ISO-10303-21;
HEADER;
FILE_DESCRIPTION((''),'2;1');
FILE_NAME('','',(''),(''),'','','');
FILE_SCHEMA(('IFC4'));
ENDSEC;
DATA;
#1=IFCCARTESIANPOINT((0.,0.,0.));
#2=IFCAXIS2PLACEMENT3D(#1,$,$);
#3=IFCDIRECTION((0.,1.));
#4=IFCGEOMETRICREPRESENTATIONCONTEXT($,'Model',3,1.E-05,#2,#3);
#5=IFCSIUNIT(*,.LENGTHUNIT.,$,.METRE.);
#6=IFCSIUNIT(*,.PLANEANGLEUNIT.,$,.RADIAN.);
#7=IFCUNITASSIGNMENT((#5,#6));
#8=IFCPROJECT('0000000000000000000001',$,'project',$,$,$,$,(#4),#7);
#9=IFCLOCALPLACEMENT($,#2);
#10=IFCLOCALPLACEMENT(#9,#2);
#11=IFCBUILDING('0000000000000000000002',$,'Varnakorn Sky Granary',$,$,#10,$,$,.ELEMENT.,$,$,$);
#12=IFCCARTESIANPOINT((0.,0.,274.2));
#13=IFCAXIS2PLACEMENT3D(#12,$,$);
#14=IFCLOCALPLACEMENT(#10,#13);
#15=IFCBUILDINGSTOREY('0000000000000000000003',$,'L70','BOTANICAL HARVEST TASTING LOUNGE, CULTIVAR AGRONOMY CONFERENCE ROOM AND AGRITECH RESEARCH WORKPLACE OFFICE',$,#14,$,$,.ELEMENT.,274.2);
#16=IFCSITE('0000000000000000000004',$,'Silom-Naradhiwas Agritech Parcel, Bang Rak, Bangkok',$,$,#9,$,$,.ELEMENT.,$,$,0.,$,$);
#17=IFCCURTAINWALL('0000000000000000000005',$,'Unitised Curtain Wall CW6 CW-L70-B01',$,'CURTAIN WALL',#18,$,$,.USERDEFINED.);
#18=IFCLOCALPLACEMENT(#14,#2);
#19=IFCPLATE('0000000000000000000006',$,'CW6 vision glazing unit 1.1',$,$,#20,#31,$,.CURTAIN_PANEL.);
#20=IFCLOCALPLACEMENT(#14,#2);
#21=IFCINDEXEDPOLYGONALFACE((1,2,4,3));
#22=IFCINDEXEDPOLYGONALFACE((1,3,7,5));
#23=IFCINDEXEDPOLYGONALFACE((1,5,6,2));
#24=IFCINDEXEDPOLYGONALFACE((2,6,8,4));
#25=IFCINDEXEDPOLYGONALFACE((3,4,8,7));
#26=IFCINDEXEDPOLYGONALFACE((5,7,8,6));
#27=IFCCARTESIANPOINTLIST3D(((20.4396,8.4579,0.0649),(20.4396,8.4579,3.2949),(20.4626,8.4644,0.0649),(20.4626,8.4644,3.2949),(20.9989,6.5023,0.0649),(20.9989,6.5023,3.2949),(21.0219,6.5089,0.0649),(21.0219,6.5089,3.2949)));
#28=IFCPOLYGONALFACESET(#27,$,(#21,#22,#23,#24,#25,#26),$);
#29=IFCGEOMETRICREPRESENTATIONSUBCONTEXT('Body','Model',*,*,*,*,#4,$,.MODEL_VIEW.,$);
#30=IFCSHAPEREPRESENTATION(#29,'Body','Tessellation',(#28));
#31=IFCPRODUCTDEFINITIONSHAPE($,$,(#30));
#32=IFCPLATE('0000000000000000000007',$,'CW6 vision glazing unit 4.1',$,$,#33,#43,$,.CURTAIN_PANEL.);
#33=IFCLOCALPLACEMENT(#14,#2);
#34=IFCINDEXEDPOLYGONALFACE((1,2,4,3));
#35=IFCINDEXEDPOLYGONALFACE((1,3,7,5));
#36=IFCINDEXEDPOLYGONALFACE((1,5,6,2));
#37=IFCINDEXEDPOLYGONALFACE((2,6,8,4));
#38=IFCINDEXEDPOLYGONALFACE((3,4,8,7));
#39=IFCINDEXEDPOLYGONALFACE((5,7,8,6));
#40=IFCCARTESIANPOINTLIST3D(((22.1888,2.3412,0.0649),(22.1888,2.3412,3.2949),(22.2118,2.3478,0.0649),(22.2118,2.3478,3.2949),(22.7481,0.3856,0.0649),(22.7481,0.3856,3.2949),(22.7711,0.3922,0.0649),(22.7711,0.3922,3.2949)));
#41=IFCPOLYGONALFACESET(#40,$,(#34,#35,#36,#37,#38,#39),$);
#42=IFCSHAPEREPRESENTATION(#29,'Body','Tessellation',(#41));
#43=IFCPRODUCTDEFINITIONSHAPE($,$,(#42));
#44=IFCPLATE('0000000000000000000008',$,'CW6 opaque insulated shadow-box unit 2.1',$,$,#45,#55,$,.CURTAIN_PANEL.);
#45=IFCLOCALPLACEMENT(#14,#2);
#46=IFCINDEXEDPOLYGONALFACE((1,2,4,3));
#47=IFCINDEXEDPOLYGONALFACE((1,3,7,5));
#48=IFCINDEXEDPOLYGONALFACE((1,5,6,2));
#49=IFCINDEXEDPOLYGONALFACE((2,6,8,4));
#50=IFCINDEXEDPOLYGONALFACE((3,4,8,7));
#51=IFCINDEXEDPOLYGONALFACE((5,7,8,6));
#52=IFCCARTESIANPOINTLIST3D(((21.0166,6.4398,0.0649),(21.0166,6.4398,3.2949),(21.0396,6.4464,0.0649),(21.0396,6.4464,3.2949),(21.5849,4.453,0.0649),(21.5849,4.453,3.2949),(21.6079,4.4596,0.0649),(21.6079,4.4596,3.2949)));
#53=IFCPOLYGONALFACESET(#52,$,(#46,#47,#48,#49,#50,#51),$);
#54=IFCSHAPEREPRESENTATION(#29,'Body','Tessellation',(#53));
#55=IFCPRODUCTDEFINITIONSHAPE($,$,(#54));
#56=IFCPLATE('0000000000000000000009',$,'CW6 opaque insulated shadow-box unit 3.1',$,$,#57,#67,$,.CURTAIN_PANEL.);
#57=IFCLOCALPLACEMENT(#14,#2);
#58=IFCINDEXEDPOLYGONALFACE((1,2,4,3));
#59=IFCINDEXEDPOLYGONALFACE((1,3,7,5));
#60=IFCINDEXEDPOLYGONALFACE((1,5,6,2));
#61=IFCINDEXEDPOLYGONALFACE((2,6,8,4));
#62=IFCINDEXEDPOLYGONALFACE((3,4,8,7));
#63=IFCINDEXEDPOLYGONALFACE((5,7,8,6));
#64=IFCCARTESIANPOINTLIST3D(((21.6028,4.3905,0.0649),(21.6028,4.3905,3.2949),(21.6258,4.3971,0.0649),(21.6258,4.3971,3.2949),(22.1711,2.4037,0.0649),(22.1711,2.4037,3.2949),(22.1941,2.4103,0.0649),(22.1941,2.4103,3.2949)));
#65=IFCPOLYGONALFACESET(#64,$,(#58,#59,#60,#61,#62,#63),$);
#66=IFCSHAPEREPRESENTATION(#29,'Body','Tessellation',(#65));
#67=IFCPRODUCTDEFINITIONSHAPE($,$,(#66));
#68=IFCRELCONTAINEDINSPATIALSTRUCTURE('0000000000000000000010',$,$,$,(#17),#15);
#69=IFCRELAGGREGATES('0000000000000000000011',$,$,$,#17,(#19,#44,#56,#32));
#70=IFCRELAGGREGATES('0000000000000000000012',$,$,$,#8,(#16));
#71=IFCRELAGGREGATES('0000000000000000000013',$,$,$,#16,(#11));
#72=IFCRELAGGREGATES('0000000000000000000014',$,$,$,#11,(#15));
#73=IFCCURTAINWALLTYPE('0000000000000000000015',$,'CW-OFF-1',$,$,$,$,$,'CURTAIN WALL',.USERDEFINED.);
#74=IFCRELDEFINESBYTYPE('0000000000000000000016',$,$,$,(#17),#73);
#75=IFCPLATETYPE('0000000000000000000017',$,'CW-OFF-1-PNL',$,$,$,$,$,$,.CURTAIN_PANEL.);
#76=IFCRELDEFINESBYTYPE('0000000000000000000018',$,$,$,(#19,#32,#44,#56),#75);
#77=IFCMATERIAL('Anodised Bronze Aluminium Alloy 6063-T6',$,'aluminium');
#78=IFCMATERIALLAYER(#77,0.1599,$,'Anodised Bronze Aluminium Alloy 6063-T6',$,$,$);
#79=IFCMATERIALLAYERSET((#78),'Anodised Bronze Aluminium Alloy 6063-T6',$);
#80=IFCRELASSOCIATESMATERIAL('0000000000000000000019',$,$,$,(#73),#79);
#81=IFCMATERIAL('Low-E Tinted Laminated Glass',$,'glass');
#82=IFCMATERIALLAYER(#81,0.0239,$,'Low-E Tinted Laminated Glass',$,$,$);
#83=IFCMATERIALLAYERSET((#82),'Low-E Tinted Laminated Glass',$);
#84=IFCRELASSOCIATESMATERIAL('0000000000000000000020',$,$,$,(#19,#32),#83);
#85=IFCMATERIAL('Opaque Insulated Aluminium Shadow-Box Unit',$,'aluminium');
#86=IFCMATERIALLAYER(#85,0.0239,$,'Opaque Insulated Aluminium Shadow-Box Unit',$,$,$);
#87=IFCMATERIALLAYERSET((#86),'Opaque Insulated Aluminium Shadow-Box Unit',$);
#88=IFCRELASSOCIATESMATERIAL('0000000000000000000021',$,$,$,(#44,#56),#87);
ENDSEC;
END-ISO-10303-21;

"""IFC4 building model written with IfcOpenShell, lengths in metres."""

from ifc_helpers import new_model, si_unit, direction, frame, origin, origin_2d, place, context, subcontext, project, spatial, rectangle, extrude, source, transform, mapped, material, layer, layer_set, type_object, type_shapes, element, aggregate, save


model = new_model("IFC4")

# Units and contexts
model_context = context("Model", 3, precision=1e-05, world=origin(), true_north=direction((0.0, 1.0)))
body_context = subcontext(model_context, "Body", "Model", "MODEL_VIEW")
ifc_project = project(units=[si_unit("LENGTHUNIT", "METRE"), si_unit("PLANEANGLEUNIT", "RADIAN")], contexts=[model_context])

# Site, building, storey
site_placement = place(None, origin())
site = spatial("IfcSite", under=ifc_project, at=site_placement, Name="Silom-Naradhiwas Agritech Parcel, Bang Rak, Bangkok", CompositionType="ELEMENT", RefElevation=0.0)
building_placement = place(site_placement, origin())
building = spatial("IfcBuilding", under=site, at=building_placement, Name="Varnakorn Sky Granary", CompositionType="ELEMENT")
storey_placement = place(building_placement, frame((0.0, 0.0, 274.2)))
storey = spatial("IfcBuildingStorey", under=building, at=storey_placement, Name="L70", Description="BOTANICAL HARVEST TASTING LOUNGE, CULTIVAR AGRONOMY CONFERENCE ROOM AND AGRITECH RESEARCH WORKPLACE OFFICE", CompositionType="ELEMENT", Elevation=274.2)

# Curtain wall
ifc_material_1 = material(Name="Anodised Bronze Aluminium Alloy 6063-T6", Category="aluminium")
ifc_layer_1 = layer(ifc_material_1, 0.1599, Name="Anodised Bronze Aluminium Alloy 6063-T6")
ifc_layer_set_1 = layer_set([ifc_layer_1], Name="Anodised Bronze Aluminium Alloy 6063-T6")
curtain_wall_type = type_object("IfcCurtainWallType", Name="CW-OFF-1", ElementType="CURTAIN WALL", PredefinedType="USERDEFINED", material=ifc_layer_set_1)
curtain_wall_1_placement = place(storey_placement, origin())
curtain_wall_1 = element("IfcCurtainWall", 1, at=curtain_wall_1_placement, inside=storey, type_object=curtain_wall_type, Name="Unitised Curtain Wall CW6 CW-L70-B01", ObjectType="CURTAIN WALL", PredefinedType="USERDEFINED")

# Plates
ifc_material_2 = material(Name="Low-E Tinted Laminated Glass", Category="glass")
ifc_layer_2 = layer(ifc_material_2, 0.0239, Name="Low-E Tinted Laminated Glass")
ifc_layer_set_2 = layer_set([ifc_layer_2], Name="Low-E Tinted Laminated Glass")
plate_type = type_object("IfcPlateType", Name="CW-OFF-1-PNL", PredefinedType="CURTAIN_PANEL")
shared_shape_1 = source(origin(), body_context, "Body", "SweptSolid", [
    extrude(rectangle(XDim=2.0339, YDim=0.0239, at=origin_2d()), origin(), (0.0, 0.0, 1.0), 3.23),
])
plate_1_placement = place(storey_placement, frame((20.7307, 7.4834, 0.0649), z_axis=(0.0, 0.0, 1.0), x_axis=(0.274986, -0.961448, 0.0)))
plate_1 = element("IfcPlate", 2, at=plate_1_placement, type_object=plate_type, material=ifc_layer_set_2, Name="CW6 vision glazing unit 1.1", PredefinedType="CURTAIN_PANEL", context=body_context, shape_type="MappedRepresentation", body=[
    mapped(shared_shape_1, transform((0.0, 0.0, 0.0), x_axis=(1.0, 0.0, 0.0), y_axis=(0.0, 1.0, 0.0), z_axis=(0.0, 0.0, 1.0), scale=1.0)),
])
plate_2_placement = place(storey_placement, frame((22.48, 1.3667, 0.0649), z_axis=(0.0, 0.0, 1.0), x_axis=(0.274986, -0.961448, 0.0)))
plate_2 = element("IfcPlate", 3, at=plate_2_placement, type_object=plate_type, material=ifc_layer_set_2, Name="CW6 vision glazing unit 4.1", PredefinedType="CURTAIN_PANEL", context=body_context, shape_type="MappedRepresentation", body=[
    mapped(shared_shape_1, transform((0.0, 0.0, 0.0), x_axis=(1.0, 0.0, 0.0), y_axis=(0.0, 1.0, 0.0), z_axis=(0.0, 0.0, 1.0), scale=1.0)),
])
ifc_material_3 = material(Name="Opaque Insulated Aluminium Shadow-Box Unit", Category="aluminium")
ifc_layer_3 = layer(ifc_material_3, 0.0239, Name="Opaque Insulated Aluminium Shadow-Box Unit")
ifc_layer_set_3 = layer_set([ifc_layer_3], Name="Opaque Insulated Aluminium Shadow-Box Unit")
shared_shape_2 = source(origin(), body_context, "Body", "SweptSolid", [
    extrude(rectangle(XDim=2.0664, YDim=0.0239, at=origin_2d()), origin(), (0.0, 0.0, 1.0), 3.23),
])
type_shapes(plate_type, [shared_shape_1, shared_shape_2])
plate_3_placement = place(storey_placement, frame((21.3123, 5.4497, 0.0649), z_axis=(0.0, 0.0, 1.0), x_axis=(0.274986, -0.961448, 0.0)))
plate_3 = element("IfcPlate", 4, at=plate_3_placement, type_object=plate_type, material=ifc_layer_set_3, Name="CW6 opaque insulated shadow-box unit 2.1", PredefinedType="CURTAIN_PANEL", context=body_context, shape_type="MappedRepresentation", body=[
    mapped(shared_shape_2, transform((0.0, 0.0, 0.0), x_axis=(1.0, 0.0, 0.0), y_axis=(0.0, 1.0, 0.0), z_axis=(0.0, 0.0, 1.0), scale=1.0)),
])
plate_4_placement = place(storey_placement, frame((21.8984, 3.4004, 0.0649), z_axis=(0.0, 0.0, 1.0), x_axis=(0.274986, -0.961448, 0.0)))
plate_4 = element("IfcPlate", 5, at=plate_4_placement, type_object=plate_type, material=ifc_layer_set_3, Name="CW6 opaque insulated shadow-box unit 3.1", PredefinedType="CURTAIN_PANEL", context=body_context, shape_type="MappedRepresentation", body=[
    mapped(shared_shape_2, transform((0.0, 0.0, 0.0), x_axis=(1.0, 0.0, 0.0), y_axis=(0.0, 1.0, 0.0), z_axis=(0.0, 0.0, 1.0), scale=1.0)),
])
aggregate(curtain_wall_1, [plate_1, plate_3, plate_4, plate_2])

save(model, "model.ifc")
